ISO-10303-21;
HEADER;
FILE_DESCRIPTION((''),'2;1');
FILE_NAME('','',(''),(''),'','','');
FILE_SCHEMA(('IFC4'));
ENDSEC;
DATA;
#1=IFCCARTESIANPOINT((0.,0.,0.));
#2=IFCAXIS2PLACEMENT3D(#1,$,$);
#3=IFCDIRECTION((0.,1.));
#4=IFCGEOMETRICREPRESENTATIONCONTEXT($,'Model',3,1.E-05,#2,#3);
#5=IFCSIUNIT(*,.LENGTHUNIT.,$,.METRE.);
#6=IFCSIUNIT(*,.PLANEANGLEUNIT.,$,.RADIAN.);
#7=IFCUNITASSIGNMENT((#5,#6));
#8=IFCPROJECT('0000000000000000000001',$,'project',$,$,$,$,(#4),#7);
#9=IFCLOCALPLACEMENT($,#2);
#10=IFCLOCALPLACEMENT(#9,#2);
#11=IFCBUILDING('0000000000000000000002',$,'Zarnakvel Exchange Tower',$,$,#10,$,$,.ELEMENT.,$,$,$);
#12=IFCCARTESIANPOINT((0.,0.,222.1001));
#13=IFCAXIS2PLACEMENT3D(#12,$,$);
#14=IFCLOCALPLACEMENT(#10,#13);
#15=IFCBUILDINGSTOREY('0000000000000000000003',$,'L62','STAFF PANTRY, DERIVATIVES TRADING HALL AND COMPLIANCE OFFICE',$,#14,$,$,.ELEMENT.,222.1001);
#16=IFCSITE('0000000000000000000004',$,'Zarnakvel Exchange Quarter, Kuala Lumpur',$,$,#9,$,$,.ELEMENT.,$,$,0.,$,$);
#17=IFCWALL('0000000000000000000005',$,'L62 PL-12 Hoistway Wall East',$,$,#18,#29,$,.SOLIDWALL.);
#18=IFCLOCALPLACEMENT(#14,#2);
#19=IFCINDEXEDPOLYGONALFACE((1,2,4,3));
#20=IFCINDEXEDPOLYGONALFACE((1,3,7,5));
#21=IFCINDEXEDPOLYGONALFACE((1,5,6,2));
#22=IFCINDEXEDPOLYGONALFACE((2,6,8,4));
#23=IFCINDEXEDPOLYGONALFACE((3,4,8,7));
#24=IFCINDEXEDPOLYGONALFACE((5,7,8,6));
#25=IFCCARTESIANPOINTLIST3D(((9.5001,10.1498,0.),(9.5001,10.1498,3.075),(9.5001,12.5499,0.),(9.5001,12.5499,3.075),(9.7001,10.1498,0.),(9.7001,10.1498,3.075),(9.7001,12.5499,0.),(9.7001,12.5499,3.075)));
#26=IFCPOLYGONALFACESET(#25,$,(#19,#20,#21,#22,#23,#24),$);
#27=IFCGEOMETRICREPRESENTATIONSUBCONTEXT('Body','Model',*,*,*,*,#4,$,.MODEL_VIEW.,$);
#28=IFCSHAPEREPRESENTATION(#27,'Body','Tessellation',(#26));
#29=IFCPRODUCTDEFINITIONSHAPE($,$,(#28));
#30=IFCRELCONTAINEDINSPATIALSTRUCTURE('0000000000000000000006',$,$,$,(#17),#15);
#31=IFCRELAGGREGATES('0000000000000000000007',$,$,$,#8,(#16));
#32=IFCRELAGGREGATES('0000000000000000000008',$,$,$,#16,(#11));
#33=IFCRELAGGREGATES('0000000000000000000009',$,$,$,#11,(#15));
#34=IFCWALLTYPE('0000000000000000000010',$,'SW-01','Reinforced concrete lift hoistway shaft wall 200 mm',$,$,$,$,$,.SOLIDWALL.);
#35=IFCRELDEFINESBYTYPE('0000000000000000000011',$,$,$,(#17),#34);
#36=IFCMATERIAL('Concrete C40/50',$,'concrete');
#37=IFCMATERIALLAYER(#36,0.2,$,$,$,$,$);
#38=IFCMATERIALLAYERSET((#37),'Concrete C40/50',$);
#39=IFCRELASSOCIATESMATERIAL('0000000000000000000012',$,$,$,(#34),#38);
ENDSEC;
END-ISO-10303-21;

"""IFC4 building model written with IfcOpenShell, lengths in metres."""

from ifc_helpers import new_model, si_unit, direction, frame, frame_2d, origin, place, context, subcontext, project, spatial, rectangle, extrude, material, layer, layer_set, type_object, element, save


model = new_model("IFC4")

# Units and contexts
model_context = context("Model", 3, precision=1e-05, world=origin(), true_north=direction((0.0, 1.0)))
body_context = subcontext(model_context, "Body", "Model", "MODEL_VIEW")
ifc_project = project(units=[si_unit("LENGTHUNIT", "METRE"), si_unit("PLANEANGLEUNIT", "RADIAN")], contexts=[model_context])

# Site, building, storey
site_placement = place(None, origin())
site = spatial("IfcSite", under=ifc_project, at=site_placement, Name="Zarnakvel Exchange Quarter, Kuala Lumpur", CompositionType="ELEMENT", RefElevation=0.0)
building_placement = place(site_placement, origin())
building = spatial("IfcBuilding", under=site, at=building_placement, Name="Zarnakvel Exchange Tower", CompositionType="ELEMENT")
storey_placement = place(building_placement, frame((0.0, 0.0, 222.1001)))
storey = spatial("IfcBuildingStorey", under=building, at=storey_placement, Name="L62", Description="STAFF PANTRY, DERIVATIVES TRADING HALL AND COMPLIANCE OFFICE", CompositionType="ELEMENT", Elevation=222.1001)

# Wall
ifc_material_1 = material(Name="Concrete C40/50", Category="concrete")
ifc_layer_1 = layer(ifc_material_1, 0.2)
ifc_layer_set_1 = layer_set([ifc_layer_1], Name="Concrete C40/50")
wall_type_1 = type_object("IfcWallType", Name="SW-01", Description="Reinforced concrete lift hoistway shaft wall 200 mm", PredefinedType="SOLIDWALL", material=ifc_layer_set_1)
wall_1_placement = place(storey_placement, frame((9.6001, 12.55, 0.0), z_axis=(0.0, 0.0, 1.0), x_axis=(0.0, -1.0, 0.0)))
element("IfcWall", 1, at=wall_1_placement, inside=storey, type_object=wall_type_1, Name="L62 PL-12 Hoistway Wall East", PredefinedType="SOLIDWALL", context=body_context, shape_type="SweptSolid", body=[
    extrude(rectangle(XDim=2.4001, YDim=0.2, at=frame_2d((1.2002, 0.0))), origin(), (0.0, 0.0, 1.0), 3.075),
])

save(model, "model.ifc")
